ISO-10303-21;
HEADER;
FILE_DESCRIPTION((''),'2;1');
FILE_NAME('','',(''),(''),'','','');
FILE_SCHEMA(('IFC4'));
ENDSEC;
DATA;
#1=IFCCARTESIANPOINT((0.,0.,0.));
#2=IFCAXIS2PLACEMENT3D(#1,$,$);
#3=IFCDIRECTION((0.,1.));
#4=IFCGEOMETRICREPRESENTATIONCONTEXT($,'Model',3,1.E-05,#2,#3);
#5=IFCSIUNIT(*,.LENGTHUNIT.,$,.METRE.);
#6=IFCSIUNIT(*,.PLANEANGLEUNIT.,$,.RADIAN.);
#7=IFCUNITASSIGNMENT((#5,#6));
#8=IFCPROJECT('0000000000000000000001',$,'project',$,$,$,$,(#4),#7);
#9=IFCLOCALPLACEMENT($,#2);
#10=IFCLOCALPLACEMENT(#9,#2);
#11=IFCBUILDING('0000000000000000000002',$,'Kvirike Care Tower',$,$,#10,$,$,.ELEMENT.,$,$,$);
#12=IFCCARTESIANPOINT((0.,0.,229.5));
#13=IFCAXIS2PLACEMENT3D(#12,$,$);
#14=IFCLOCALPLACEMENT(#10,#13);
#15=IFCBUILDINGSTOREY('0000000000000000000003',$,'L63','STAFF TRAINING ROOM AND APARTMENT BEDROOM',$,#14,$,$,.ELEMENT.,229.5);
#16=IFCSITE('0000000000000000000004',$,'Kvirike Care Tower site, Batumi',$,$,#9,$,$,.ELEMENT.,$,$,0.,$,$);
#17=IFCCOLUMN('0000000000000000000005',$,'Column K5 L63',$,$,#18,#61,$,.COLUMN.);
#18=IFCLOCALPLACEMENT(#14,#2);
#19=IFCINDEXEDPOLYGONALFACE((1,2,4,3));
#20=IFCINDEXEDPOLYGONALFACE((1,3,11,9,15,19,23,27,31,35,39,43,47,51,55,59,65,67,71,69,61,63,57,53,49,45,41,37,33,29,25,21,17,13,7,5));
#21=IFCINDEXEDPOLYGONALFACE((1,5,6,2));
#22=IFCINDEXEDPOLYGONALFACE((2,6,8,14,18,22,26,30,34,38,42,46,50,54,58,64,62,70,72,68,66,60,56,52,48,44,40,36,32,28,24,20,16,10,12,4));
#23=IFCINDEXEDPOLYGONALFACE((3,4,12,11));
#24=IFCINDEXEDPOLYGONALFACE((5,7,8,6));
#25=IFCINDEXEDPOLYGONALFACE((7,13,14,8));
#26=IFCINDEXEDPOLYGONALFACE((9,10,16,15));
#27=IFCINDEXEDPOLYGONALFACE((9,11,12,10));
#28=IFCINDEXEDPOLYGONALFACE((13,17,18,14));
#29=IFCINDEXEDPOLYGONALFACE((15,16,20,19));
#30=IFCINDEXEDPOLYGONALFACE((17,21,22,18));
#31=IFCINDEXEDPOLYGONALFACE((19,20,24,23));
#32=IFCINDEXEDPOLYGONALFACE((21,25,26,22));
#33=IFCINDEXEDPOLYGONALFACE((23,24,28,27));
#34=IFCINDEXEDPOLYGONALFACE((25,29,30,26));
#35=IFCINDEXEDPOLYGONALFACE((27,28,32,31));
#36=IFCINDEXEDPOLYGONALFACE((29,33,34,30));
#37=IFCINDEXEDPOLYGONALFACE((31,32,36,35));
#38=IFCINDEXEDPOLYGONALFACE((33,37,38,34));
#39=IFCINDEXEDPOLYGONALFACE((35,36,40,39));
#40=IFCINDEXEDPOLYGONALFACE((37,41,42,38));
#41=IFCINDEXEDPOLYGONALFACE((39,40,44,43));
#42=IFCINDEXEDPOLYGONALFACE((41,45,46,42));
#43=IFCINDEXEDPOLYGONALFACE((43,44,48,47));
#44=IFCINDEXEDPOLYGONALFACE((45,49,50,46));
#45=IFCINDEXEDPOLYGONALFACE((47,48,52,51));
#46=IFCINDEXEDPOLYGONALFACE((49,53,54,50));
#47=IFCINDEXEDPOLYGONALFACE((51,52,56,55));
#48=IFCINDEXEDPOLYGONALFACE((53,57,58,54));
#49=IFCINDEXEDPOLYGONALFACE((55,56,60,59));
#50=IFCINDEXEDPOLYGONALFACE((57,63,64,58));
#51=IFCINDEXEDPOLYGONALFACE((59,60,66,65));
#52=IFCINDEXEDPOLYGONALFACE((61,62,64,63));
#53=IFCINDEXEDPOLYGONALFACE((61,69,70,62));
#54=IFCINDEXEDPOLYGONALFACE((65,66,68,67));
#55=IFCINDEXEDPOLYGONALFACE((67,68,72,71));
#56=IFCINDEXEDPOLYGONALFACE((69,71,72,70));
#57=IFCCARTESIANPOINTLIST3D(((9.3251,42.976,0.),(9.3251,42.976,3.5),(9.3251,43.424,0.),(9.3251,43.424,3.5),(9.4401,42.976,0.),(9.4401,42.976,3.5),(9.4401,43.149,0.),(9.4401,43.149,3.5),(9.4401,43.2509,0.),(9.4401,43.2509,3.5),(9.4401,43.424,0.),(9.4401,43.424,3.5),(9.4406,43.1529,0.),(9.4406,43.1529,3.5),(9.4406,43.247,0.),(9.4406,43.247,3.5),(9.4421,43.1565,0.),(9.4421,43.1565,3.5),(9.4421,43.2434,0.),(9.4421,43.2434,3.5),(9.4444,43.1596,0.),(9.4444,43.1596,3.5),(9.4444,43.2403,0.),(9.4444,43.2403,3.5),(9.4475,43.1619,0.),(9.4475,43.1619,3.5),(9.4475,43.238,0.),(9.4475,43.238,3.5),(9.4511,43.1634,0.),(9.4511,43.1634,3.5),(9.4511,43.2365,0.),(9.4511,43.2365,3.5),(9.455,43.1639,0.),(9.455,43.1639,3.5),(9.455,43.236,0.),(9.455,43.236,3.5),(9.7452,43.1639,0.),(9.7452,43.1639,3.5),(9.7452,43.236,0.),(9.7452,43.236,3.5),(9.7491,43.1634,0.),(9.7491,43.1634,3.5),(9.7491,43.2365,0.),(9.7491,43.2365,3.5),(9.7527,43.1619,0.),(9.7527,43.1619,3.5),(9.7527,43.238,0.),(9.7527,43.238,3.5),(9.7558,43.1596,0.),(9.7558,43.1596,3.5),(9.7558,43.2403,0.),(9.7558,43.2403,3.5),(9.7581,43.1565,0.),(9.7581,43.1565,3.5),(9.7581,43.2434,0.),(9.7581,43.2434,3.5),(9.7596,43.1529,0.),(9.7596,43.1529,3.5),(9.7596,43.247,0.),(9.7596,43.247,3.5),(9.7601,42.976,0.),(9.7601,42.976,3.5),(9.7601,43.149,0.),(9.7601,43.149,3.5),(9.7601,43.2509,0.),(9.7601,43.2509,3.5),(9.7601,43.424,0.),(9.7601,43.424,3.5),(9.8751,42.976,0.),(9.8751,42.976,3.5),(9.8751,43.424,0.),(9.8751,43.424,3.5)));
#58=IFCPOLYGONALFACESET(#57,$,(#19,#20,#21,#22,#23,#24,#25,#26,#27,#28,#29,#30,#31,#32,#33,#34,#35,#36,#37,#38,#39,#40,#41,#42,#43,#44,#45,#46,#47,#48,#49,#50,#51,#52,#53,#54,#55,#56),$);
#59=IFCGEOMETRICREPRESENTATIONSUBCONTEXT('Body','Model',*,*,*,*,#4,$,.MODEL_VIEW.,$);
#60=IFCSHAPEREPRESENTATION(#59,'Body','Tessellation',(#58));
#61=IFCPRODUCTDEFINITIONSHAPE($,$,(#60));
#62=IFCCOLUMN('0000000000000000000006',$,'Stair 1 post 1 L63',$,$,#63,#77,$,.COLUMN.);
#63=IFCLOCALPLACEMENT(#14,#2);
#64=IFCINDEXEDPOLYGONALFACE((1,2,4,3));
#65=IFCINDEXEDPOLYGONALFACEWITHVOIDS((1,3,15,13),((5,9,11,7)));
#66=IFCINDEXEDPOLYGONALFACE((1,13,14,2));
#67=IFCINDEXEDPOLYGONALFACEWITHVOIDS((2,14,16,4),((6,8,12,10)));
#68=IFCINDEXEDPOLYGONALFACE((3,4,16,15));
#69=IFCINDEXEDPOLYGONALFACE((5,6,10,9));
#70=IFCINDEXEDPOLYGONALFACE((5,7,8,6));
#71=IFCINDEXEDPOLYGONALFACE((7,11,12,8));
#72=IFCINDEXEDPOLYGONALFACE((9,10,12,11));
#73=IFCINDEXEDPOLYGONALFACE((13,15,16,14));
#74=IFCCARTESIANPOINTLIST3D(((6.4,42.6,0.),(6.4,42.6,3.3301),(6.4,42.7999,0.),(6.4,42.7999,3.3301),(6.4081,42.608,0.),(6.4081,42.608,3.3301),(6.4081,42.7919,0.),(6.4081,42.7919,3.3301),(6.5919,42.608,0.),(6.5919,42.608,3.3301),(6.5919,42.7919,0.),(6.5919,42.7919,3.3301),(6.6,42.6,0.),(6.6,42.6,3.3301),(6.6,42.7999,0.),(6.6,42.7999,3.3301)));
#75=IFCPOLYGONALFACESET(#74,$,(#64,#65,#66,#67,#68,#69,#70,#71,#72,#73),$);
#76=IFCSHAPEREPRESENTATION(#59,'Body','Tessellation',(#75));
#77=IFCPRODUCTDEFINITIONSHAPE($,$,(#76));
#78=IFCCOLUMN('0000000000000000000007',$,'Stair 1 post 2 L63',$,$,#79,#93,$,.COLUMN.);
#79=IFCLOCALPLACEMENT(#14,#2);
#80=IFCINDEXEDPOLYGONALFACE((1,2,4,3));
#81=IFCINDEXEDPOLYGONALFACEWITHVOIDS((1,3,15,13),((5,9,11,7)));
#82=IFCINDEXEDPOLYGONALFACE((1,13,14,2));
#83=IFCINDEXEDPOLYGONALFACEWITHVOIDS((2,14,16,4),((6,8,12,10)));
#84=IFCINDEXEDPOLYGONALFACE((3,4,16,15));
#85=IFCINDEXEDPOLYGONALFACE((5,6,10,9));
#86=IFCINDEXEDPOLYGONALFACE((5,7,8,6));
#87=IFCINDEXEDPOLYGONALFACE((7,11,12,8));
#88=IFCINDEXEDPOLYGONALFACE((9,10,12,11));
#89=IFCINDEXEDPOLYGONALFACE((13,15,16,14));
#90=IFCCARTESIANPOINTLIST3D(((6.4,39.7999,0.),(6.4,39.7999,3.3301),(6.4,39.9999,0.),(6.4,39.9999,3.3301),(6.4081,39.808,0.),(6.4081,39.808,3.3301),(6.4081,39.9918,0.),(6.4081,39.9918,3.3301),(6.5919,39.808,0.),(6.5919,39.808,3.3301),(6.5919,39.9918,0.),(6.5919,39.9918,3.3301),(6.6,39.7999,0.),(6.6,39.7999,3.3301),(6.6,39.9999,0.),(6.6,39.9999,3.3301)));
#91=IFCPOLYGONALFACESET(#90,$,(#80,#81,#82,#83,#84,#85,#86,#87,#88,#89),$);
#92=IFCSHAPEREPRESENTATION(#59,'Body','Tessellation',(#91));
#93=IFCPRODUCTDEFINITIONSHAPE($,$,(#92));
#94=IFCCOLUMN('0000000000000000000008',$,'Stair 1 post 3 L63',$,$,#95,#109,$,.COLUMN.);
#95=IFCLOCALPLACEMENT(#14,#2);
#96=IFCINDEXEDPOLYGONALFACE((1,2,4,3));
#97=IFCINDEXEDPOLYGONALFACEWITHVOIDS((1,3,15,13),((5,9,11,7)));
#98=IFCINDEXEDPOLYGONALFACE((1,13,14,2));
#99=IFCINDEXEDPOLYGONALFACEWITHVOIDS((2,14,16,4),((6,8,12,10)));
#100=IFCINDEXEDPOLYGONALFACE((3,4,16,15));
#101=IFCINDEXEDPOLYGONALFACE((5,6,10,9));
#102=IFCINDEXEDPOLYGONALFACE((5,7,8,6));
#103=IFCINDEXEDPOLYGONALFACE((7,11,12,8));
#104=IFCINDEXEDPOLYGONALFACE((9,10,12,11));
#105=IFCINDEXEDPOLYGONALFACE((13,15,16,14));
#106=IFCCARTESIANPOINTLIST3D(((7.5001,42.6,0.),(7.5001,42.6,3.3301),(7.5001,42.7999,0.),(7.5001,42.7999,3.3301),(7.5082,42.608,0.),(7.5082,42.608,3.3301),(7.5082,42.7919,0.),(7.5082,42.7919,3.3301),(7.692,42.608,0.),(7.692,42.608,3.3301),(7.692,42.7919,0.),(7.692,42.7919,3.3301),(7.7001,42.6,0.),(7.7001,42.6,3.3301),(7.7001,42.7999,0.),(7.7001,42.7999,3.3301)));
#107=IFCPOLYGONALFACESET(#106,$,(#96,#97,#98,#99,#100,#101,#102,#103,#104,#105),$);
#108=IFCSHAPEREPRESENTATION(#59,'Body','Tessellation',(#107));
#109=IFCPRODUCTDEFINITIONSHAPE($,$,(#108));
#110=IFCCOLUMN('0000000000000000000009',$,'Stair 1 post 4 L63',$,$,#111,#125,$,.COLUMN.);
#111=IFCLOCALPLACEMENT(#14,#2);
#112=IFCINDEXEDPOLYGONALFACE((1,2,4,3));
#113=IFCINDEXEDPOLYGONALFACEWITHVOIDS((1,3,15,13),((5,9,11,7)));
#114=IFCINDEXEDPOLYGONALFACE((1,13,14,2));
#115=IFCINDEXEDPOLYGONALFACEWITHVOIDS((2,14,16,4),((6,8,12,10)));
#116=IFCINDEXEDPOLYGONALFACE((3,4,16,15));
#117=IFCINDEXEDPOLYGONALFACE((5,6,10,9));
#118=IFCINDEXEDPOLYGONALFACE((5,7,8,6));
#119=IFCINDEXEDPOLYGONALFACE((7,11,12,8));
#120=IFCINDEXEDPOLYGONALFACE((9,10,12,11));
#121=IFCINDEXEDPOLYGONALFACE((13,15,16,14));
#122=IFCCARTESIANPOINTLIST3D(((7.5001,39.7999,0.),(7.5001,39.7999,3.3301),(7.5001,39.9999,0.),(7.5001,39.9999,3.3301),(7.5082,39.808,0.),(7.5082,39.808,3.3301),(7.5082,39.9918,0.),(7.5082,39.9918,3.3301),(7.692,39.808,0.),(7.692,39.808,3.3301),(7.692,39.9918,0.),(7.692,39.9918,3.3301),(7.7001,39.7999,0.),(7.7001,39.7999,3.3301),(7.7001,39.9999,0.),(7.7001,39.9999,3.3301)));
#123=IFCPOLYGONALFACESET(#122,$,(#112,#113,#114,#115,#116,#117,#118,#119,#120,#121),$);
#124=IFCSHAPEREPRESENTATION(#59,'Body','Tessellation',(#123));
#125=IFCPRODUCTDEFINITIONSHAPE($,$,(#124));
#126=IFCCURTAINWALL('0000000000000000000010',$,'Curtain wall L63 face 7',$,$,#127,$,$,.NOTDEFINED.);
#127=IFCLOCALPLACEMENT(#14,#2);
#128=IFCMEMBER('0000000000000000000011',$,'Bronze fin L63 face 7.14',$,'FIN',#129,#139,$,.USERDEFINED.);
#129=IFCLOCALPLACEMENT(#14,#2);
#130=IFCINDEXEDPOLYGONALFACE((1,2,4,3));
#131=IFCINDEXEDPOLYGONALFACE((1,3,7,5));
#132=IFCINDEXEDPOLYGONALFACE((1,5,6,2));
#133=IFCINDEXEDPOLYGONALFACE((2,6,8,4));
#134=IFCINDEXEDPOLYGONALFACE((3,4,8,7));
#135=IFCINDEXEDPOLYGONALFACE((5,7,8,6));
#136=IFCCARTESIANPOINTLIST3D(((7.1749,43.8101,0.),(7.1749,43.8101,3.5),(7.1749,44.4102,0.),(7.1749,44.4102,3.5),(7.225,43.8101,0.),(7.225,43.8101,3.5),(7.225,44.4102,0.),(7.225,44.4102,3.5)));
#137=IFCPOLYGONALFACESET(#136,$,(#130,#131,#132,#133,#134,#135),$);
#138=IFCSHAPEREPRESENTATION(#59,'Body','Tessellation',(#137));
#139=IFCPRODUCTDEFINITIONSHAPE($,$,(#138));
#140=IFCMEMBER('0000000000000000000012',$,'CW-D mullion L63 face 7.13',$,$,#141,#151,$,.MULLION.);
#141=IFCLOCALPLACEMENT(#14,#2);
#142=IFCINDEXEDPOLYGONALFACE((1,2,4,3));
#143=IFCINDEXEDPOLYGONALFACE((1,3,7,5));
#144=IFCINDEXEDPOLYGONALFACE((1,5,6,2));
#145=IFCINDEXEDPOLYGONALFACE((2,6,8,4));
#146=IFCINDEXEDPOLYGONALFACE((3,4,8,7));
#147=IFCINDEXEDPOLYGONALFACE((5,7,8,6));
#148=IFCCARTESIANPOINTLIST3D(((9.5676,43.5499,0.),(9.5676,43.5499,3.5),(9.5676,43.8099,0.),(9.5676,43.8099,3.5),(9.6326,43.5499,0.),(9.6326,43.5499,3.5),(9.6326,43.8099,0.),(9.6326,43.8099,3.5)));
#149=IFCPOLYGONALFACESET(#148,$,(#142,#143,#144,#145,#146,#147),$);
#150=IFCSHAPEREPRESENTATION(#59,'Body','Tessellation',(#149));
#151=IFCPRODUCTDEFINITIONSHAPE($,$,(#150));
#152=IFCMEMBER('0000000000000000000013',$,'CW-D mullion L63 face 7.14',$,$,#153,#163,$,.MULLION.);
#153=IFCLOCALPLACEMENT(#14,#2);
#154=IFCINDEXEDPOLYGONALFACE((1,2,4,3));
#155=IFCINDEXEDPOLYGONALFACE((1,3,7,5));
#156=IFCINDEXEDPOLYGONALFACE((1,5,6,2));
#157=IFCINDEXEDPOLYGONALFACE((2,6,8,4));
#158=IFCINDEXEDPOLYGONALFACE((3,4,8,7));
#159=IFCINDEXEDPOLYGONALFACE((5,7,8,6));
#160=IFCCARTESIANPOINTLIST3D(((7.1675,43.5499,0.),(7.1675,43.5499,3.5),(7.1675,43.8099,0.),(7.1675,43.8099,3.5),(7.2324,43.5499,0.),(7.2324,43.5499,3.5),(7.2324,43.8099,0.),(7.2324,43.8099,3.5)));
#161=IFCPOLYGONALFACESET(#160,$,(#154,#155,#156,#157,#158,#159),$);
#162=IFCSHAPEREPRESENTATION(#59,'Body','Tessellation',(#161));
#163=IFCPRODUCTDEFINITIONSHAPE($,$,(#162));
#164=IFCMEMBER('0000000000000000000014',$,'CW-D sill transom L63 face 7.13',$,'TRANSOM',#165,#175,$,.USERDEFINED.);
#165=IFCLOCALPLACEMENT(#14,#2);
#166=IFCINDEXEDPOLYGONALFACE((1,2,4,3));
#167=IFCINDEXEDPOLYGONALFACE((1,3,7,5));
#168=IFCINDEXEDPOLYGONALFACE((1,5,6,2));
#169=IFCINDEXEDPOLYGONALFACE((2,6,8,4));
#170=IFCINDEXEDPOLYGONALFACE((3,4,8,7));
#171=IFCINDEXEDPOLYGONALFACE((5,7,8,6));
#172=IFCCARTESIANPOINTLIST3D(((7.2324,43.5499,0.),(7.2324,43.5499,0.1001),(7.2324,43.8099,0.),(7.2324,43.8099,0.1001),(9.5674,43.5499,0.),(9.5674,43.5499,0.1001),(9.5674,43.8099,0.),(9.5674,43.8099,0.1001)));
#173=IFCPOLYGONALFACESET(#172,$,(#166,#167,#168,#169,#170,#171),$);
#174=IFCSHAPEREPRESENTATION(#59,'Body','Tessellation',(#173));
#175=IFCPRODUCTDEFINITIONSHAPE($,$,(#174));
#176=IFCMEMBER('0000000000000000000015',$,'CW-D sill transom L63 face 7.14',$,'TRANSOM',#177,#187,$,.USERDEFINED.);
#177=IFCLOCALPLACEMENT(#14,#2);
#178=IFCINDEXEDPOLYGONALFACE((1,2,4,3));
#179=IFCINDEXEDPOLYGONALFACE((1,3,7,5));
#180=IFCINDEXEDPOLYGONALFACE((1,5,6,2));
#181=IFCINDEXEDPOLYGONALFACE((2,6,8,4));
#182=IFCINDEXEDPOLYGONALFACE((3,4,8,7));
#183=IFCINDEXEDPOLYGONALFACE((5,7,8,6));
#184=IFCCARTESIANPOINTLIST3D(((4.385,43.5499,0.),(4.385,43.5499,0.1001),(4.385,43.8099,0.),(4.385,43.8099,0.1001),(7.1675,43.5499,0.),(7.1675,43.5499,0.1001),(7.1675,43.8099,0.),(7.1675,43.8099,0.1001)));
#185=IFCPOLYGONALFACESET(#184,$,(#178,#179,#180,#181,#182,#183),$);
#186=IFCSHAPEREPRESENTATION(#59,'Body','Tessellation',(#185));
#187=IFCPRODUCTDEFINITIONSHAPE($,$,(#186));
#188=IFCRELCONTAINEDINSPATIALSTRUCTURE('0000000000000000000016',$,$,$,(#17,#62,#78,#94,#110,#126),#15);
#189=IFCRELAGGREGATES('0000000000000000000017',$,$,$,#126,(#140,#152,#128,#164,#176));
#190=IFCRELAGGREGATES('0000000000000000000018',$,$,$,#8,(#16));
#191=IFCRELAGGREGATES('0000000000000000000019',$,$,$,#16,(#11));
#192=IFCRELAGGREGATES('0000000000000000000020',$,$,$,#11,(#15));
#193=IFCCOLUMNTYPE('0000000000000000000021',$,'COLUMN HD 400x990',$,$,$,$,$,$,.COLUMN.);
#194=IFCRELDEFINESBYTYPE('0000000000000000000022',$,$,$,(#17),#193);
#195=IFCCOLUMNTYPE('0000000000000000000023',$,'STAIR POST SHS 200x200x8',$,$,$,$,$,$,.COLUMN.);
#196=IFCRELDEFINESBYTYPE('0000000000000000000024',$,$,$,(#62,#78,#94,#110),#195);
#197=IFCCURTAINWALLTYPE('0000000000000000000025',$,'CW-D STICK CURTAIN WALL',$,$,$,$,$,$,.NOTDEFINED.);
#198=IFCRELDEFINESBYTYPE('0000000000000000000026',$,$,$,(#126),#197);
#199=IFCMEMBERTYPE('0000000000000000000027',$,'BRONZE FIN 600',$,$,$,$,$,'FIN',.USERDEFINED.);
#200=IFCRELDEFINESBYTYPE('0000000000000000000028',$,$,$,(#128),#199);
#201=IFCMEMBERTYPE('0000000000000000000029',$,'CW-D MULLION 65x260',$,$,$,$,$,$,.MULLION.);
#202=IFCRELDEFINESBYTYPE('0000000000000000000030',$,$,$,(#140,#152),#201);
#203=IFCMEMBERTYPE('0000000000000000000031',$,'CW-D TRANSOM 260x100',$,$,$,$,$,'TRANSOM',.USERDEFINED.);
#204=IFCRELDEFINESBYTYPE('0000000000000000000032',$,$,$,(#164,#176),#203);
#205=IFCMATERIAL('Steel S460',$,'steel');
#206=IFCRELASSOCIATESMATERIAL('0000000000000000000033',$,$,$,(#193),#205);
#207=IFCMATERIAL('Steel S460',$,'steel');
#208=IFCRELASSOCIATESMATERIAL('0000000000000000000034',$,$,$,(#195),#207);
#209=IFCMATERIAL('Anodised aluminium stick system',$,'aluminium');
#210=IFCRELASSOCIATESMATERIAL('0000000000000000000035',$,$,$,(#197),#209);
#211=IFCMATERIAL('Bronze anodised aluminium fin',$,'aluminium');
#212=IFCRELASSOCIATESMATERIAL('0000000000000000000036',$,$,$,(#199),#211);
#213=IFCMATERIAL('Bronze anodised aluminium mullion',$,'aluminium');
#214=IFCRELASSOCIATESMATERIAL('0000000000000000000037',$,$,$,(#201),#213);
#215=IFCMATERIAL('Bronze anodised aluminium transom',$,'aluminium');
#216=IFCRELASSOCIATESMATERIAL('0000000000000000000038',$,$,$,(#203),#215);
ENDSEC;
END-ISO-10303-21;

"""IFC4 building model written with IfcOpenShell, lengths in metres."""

from ifc_helpers import new_model, si_unit, direction, frame, origin, origin_2d, place, context, subcontext, project, spatial, rectangle, hollow_rectangle, i_section, extrude, material, material_profile, profile_set, type_object, element, aggregate, save


model = new_model("IFC4")

# Units and contexts
model_context = context("Model", 3, precision=1e-05, world=origin(), true_north=direction((0.0, 1.0)))
body_context = subcontext(model_context, "Body", "Model", "MODEL_VIEW")
ifc_project = project(units=[si_unit("LENGTHUNIT", "METRE"), si_unit("PLANEANGLEUNIT", "RADIAN")], contexts=[model_context])

# Site, building, storey
site_placement = place(None, origin())
site = spatial("IfcSite", under=ifc_project, at=site_placement, Name="Kvirike Care Tower site, Batumi", CompositionType="ELEMENT", RefElevation=0.0)
building_placement = place(site_placement, origin())
building = spatial("IfcBuilding", under=site, at=building_placement, Name="Kvirike Care Tower", CompositionType="ELEMENT")
storey_placement = place(building_placement, frame((0.0, 0.0, 229.5)))
storey = spatial("IfcBuildingStorey", under=building, at=storey_placement, Name="L63", Description="STAFF TRAINING ROOM AND APARTMENT BEDROOM", CompositionType="ELEMENT", Elevation=229.5)

# Columns
ifc_material_1 = material(Name="Steel S460", Category="steel")
ifc_material_profile_1 = material_profile(ifc_material_1, i_section(OverallWidth=0.448, OverallDepth=0.55, WebThickness=0.072, FlangeThickness=0.115, FilletRadius=0.0149, at=origin_2d()), Name="HD 400x990")
ifc_profile_set_1 = profile_set([ifc_material_profile_1], Name="Steel S460")
column_type_1 = type_object("IfcColumnType", Name="COLUMN HD 400x990", PredefinedType="COLUMN", material=ifc_profile_set_1)
column_placement = place(storey_placement, frame((9.6001, 43.2, 0.0), z_axis=(0.0, 0.0, 1.0), x_axis=(0.0, 1.0, 0.0)))
element("IfcColumn", 1, at=column_placement, inside=storey, type_object=column_type_1, Name="Column K5 L63", PredefinedType="COLUMN", context=body_context, shape_type="SweptSolid", body=[
    extrude(i_section(OverallWidth=0.448, OverallDepth=0.55, WebThickness=0.072, FlangeThickness=0.115, FilletRadius=0.0149, at=origin_2d()), origin(), (0.0, 0.0, 1.0), 3.5),
])
ifc_material_2 = material(Name="Steel S460", Category="steel")
ifc_material_profile_2 = material_profile(ifc_material_2, hollow_rectangle(XDim=0.2, YDim=0.2, WallThickness=0.0081, at=origin_2d()), Name="SHS 200x200x8")
ifc_profile_set_2 = profile_set([ifc_material_profile_2], Name="Steel S460")
column_type_2 = type_object("IfcColumnType", Name="STAIR POST SHS 200x200x8", PredefinedType="COLUMN", material=ifc_profile_set_2)
for number, where, z_axis, x_axis, name in (
    (2, (6.5, 42.7, 0.0), (0.0, 0.0, 1.0), (1.0, 0.0, 0.0), "Stair 1 post 1 L63"),
    (3, (6.5, 39.8999, 0.0), (0.0, 0.0, 1.0), (1.0, 0.0, 0.0), "Stair 1 post 2 L63"),
    (4, (7.6001, 42.7, 0.0), (0.0, 0.0, 1.0), (1.0, 0.0, 0.0), "Stair 1 post 3 L63"),
    (5, (7.6001, 39.8999, 0.0), (0.0, 0.0, 1.0), (1.0, 0.0, 0.0), "Stair 1 post 4 L63"),
):
    element("IfcColumn", number, at=place(storey_placement, frame(where, z_axis=z_axis, x_axis=x_axis)), inside=storey, type_object=column_type_2, Name=name, PredefinedType="COLUMN", context=body_context, shape_type="SweptSolid", body=[
        extrude(hollow_rectangle(XDim=0.2, YDim=0.2, WallThickness=0.0081, at=origin_2d()), origin(), (0.0, 0.0, 1.0), 3.3301),
    ])

# Curtain wall, members
ifc_material_3 = material(Name="Anodised aluminium stick system", Category="aluminium")
curtain_wall_type = type_object("IfcCurtainWallType", Name="CW-D STICK CURTAIN WALL", PredefinedType="NOTDEFINED", material=ifc_material_3)
curtain_wall_placement = place(storey_placement, origin())
curtain_wall = element("IfcCurtainWall", 6, at=curtain_wall_placement, inside=storey, type_object=curtain_wall_type, Name="Curtain wall L63 face 7", PredefinedType="NOTDEFINED")
ifc_material_4 = material(Name="Bronze anodised aluminium fin", Category="aluminium")
ifc_material_profile_3 = material_profile(ifc_material_4, rectangle(XDim=0.05, YDim=0.6001, at=origin_2d()), Name="BRONZE FIN 600")
ifc_profile_set_3 = profile_set([ifc_material_profile_3], Name="Bronze anodised aluminium fin")
member_type_1 = type_object("IfcMemberType", Name="BRONZE FIN 600", ElementType="FIN", PredefinedType="USERDEFINED", material=ifc_profile_set_3)
member_1_placement = place(storey_placement, frame((7.2, 44.1101, 0.0), z_axis=(0.0, 0.0, 1.0), x_axis=(-1.0, 0.0, 0.0)))
member_1 = element("IfcMember", 7, at=member_1_placement, type_object=member_type_1, Name="Bronze fin L63 face 7.14", ObjectType="FIN", PredefinedType="USERDEFINED", context=body_context, shape_type="SweptSolid", body=[
    extrude(rectangle(XDim=0.05, YDim=0.6001, at=origin_2d()), origin(), (0.0, 0.0, 1.0), 3.5),
])
ifc_material_5 = material(Name="Bronze anodised aluminium mullion", Category="aluminium")
ifc_material_profile_4 = material_profile(ifc_material_5, rectangle(XDim=0.0649, YDim=0.26, at=origin_2d()), Name="CW-D MULLION 65x260")
ifc_profile_set_4 = profile_set([ifc_material_profile_4], Name="Bronze anodised aluminium mullion")
member_type_2 = type_object("IfcMemberType", Name="CW-D MULLION 65x260", PredefinedType="MULLION", material=ifc_profile_set_4)
member_2_placement = place(storey_placement, frame((9.6001, 43.6799, 0.0), z_axis=(0.0, 0.0, 1.0), x_axis=(-1.0, 0.0, 0.0)))
member_2 = element("IfcMember", 8, at=member_2_placement, type_object=member_type_2, Name="CW-D mullion L63 face 7.13", PredefinedType="MULLION", context=body_context, shape_type="SweptSolid", body=[
    extrude(rectangle(XDim=0.0649, YDim=0.26, at=origin_2d()), origin(), (0.0, 0.0, 1.0), 3.5),
])
member_3_placement = place(storey_placement, frame((7.2, 43.6799, 0.0), z_axis=(0.0, 0.0, 1.0), x_axis=(-1.0, 0.0, 0.0)))
member_3 = element("IfcMember", 9, at=member_3_placement, type_object=member_type_2, Name="CW-D mullion L63 face 7.14", PredefinedType="MULLION", context=body_context, shape_type="SweptSolid", body=[
    extrude(rectangle(XDim=0.0649, YDim=0.26, at=origin_2d()), origin(), (0.0, 0.0, 1.0), 3.5),
])
ifc_material_6 = material(Name="Bronze anodised aluminium transom", Category="aluminium")
ifc_material_profile_5 = material_profile(ifc_material_6, rectangle(XDim=0.26, YDim=0.1001, at=origin_2d()), Name="CW-D TRANSOM 260x100")
ifc_profile_set_5 = profile_set([ifc_material_profile_5], Name="Bronze anodised aluminium transom")
member_type_3 = type_object("IfcMemberType", Name="CW-D TRANSOM 260x100", ElementType="TRANSOM", PredefinedType="USERDEFINED", material=ifc_profile_set_5)
member_4_placement = place(storey_placement, frame((9.5674, 43.6799, 0.05), z_axis=(-1.0, 0.0, 0.0), x_axis=(0.0, -1.0, 0.0)))
member_4 = element("IfcMember", 10, at=member_4_placement, type_object=member_type_3, Name="CW-D sill transom L63 face 7.13", ObjectType="TRANSOM", PredefinedType="USERDEFINED", context=body_context, shape_type="SweptSolid", body=[
    extrude(rectangle(XDim=0.26, YDim=0.1001, at=origin_2d()), origin(), (0.0, 0.0, 1.0), 2.335),
])
member_5_placement = place(storey_placement, frame((7.1675, 43.6799, 0.05), z_axis=(-1.0, 0.0, 0.0), x_axis=(0.0, -1.0, 0.0)))
member_5 = element("IfcMember", 11, at=member_5_placement, type_object=member_type_3, Name="CW-D sill transom L63 face 7.14", ObjectType="TRANSOM", PredefinedType="USERDEFINED", context=body_context, shape_type="SweptSolid", body=[
    extrude(rectangle(XDim=0.26, YDim=0.1001, at=origin_2d()), origin(), (0.0, 0.0, 1.0), 2.7825),
])

aggregate(curtain_wall, [member_2, member_3, member_1, member_4, member_5])

save(model, "model.ifc")
